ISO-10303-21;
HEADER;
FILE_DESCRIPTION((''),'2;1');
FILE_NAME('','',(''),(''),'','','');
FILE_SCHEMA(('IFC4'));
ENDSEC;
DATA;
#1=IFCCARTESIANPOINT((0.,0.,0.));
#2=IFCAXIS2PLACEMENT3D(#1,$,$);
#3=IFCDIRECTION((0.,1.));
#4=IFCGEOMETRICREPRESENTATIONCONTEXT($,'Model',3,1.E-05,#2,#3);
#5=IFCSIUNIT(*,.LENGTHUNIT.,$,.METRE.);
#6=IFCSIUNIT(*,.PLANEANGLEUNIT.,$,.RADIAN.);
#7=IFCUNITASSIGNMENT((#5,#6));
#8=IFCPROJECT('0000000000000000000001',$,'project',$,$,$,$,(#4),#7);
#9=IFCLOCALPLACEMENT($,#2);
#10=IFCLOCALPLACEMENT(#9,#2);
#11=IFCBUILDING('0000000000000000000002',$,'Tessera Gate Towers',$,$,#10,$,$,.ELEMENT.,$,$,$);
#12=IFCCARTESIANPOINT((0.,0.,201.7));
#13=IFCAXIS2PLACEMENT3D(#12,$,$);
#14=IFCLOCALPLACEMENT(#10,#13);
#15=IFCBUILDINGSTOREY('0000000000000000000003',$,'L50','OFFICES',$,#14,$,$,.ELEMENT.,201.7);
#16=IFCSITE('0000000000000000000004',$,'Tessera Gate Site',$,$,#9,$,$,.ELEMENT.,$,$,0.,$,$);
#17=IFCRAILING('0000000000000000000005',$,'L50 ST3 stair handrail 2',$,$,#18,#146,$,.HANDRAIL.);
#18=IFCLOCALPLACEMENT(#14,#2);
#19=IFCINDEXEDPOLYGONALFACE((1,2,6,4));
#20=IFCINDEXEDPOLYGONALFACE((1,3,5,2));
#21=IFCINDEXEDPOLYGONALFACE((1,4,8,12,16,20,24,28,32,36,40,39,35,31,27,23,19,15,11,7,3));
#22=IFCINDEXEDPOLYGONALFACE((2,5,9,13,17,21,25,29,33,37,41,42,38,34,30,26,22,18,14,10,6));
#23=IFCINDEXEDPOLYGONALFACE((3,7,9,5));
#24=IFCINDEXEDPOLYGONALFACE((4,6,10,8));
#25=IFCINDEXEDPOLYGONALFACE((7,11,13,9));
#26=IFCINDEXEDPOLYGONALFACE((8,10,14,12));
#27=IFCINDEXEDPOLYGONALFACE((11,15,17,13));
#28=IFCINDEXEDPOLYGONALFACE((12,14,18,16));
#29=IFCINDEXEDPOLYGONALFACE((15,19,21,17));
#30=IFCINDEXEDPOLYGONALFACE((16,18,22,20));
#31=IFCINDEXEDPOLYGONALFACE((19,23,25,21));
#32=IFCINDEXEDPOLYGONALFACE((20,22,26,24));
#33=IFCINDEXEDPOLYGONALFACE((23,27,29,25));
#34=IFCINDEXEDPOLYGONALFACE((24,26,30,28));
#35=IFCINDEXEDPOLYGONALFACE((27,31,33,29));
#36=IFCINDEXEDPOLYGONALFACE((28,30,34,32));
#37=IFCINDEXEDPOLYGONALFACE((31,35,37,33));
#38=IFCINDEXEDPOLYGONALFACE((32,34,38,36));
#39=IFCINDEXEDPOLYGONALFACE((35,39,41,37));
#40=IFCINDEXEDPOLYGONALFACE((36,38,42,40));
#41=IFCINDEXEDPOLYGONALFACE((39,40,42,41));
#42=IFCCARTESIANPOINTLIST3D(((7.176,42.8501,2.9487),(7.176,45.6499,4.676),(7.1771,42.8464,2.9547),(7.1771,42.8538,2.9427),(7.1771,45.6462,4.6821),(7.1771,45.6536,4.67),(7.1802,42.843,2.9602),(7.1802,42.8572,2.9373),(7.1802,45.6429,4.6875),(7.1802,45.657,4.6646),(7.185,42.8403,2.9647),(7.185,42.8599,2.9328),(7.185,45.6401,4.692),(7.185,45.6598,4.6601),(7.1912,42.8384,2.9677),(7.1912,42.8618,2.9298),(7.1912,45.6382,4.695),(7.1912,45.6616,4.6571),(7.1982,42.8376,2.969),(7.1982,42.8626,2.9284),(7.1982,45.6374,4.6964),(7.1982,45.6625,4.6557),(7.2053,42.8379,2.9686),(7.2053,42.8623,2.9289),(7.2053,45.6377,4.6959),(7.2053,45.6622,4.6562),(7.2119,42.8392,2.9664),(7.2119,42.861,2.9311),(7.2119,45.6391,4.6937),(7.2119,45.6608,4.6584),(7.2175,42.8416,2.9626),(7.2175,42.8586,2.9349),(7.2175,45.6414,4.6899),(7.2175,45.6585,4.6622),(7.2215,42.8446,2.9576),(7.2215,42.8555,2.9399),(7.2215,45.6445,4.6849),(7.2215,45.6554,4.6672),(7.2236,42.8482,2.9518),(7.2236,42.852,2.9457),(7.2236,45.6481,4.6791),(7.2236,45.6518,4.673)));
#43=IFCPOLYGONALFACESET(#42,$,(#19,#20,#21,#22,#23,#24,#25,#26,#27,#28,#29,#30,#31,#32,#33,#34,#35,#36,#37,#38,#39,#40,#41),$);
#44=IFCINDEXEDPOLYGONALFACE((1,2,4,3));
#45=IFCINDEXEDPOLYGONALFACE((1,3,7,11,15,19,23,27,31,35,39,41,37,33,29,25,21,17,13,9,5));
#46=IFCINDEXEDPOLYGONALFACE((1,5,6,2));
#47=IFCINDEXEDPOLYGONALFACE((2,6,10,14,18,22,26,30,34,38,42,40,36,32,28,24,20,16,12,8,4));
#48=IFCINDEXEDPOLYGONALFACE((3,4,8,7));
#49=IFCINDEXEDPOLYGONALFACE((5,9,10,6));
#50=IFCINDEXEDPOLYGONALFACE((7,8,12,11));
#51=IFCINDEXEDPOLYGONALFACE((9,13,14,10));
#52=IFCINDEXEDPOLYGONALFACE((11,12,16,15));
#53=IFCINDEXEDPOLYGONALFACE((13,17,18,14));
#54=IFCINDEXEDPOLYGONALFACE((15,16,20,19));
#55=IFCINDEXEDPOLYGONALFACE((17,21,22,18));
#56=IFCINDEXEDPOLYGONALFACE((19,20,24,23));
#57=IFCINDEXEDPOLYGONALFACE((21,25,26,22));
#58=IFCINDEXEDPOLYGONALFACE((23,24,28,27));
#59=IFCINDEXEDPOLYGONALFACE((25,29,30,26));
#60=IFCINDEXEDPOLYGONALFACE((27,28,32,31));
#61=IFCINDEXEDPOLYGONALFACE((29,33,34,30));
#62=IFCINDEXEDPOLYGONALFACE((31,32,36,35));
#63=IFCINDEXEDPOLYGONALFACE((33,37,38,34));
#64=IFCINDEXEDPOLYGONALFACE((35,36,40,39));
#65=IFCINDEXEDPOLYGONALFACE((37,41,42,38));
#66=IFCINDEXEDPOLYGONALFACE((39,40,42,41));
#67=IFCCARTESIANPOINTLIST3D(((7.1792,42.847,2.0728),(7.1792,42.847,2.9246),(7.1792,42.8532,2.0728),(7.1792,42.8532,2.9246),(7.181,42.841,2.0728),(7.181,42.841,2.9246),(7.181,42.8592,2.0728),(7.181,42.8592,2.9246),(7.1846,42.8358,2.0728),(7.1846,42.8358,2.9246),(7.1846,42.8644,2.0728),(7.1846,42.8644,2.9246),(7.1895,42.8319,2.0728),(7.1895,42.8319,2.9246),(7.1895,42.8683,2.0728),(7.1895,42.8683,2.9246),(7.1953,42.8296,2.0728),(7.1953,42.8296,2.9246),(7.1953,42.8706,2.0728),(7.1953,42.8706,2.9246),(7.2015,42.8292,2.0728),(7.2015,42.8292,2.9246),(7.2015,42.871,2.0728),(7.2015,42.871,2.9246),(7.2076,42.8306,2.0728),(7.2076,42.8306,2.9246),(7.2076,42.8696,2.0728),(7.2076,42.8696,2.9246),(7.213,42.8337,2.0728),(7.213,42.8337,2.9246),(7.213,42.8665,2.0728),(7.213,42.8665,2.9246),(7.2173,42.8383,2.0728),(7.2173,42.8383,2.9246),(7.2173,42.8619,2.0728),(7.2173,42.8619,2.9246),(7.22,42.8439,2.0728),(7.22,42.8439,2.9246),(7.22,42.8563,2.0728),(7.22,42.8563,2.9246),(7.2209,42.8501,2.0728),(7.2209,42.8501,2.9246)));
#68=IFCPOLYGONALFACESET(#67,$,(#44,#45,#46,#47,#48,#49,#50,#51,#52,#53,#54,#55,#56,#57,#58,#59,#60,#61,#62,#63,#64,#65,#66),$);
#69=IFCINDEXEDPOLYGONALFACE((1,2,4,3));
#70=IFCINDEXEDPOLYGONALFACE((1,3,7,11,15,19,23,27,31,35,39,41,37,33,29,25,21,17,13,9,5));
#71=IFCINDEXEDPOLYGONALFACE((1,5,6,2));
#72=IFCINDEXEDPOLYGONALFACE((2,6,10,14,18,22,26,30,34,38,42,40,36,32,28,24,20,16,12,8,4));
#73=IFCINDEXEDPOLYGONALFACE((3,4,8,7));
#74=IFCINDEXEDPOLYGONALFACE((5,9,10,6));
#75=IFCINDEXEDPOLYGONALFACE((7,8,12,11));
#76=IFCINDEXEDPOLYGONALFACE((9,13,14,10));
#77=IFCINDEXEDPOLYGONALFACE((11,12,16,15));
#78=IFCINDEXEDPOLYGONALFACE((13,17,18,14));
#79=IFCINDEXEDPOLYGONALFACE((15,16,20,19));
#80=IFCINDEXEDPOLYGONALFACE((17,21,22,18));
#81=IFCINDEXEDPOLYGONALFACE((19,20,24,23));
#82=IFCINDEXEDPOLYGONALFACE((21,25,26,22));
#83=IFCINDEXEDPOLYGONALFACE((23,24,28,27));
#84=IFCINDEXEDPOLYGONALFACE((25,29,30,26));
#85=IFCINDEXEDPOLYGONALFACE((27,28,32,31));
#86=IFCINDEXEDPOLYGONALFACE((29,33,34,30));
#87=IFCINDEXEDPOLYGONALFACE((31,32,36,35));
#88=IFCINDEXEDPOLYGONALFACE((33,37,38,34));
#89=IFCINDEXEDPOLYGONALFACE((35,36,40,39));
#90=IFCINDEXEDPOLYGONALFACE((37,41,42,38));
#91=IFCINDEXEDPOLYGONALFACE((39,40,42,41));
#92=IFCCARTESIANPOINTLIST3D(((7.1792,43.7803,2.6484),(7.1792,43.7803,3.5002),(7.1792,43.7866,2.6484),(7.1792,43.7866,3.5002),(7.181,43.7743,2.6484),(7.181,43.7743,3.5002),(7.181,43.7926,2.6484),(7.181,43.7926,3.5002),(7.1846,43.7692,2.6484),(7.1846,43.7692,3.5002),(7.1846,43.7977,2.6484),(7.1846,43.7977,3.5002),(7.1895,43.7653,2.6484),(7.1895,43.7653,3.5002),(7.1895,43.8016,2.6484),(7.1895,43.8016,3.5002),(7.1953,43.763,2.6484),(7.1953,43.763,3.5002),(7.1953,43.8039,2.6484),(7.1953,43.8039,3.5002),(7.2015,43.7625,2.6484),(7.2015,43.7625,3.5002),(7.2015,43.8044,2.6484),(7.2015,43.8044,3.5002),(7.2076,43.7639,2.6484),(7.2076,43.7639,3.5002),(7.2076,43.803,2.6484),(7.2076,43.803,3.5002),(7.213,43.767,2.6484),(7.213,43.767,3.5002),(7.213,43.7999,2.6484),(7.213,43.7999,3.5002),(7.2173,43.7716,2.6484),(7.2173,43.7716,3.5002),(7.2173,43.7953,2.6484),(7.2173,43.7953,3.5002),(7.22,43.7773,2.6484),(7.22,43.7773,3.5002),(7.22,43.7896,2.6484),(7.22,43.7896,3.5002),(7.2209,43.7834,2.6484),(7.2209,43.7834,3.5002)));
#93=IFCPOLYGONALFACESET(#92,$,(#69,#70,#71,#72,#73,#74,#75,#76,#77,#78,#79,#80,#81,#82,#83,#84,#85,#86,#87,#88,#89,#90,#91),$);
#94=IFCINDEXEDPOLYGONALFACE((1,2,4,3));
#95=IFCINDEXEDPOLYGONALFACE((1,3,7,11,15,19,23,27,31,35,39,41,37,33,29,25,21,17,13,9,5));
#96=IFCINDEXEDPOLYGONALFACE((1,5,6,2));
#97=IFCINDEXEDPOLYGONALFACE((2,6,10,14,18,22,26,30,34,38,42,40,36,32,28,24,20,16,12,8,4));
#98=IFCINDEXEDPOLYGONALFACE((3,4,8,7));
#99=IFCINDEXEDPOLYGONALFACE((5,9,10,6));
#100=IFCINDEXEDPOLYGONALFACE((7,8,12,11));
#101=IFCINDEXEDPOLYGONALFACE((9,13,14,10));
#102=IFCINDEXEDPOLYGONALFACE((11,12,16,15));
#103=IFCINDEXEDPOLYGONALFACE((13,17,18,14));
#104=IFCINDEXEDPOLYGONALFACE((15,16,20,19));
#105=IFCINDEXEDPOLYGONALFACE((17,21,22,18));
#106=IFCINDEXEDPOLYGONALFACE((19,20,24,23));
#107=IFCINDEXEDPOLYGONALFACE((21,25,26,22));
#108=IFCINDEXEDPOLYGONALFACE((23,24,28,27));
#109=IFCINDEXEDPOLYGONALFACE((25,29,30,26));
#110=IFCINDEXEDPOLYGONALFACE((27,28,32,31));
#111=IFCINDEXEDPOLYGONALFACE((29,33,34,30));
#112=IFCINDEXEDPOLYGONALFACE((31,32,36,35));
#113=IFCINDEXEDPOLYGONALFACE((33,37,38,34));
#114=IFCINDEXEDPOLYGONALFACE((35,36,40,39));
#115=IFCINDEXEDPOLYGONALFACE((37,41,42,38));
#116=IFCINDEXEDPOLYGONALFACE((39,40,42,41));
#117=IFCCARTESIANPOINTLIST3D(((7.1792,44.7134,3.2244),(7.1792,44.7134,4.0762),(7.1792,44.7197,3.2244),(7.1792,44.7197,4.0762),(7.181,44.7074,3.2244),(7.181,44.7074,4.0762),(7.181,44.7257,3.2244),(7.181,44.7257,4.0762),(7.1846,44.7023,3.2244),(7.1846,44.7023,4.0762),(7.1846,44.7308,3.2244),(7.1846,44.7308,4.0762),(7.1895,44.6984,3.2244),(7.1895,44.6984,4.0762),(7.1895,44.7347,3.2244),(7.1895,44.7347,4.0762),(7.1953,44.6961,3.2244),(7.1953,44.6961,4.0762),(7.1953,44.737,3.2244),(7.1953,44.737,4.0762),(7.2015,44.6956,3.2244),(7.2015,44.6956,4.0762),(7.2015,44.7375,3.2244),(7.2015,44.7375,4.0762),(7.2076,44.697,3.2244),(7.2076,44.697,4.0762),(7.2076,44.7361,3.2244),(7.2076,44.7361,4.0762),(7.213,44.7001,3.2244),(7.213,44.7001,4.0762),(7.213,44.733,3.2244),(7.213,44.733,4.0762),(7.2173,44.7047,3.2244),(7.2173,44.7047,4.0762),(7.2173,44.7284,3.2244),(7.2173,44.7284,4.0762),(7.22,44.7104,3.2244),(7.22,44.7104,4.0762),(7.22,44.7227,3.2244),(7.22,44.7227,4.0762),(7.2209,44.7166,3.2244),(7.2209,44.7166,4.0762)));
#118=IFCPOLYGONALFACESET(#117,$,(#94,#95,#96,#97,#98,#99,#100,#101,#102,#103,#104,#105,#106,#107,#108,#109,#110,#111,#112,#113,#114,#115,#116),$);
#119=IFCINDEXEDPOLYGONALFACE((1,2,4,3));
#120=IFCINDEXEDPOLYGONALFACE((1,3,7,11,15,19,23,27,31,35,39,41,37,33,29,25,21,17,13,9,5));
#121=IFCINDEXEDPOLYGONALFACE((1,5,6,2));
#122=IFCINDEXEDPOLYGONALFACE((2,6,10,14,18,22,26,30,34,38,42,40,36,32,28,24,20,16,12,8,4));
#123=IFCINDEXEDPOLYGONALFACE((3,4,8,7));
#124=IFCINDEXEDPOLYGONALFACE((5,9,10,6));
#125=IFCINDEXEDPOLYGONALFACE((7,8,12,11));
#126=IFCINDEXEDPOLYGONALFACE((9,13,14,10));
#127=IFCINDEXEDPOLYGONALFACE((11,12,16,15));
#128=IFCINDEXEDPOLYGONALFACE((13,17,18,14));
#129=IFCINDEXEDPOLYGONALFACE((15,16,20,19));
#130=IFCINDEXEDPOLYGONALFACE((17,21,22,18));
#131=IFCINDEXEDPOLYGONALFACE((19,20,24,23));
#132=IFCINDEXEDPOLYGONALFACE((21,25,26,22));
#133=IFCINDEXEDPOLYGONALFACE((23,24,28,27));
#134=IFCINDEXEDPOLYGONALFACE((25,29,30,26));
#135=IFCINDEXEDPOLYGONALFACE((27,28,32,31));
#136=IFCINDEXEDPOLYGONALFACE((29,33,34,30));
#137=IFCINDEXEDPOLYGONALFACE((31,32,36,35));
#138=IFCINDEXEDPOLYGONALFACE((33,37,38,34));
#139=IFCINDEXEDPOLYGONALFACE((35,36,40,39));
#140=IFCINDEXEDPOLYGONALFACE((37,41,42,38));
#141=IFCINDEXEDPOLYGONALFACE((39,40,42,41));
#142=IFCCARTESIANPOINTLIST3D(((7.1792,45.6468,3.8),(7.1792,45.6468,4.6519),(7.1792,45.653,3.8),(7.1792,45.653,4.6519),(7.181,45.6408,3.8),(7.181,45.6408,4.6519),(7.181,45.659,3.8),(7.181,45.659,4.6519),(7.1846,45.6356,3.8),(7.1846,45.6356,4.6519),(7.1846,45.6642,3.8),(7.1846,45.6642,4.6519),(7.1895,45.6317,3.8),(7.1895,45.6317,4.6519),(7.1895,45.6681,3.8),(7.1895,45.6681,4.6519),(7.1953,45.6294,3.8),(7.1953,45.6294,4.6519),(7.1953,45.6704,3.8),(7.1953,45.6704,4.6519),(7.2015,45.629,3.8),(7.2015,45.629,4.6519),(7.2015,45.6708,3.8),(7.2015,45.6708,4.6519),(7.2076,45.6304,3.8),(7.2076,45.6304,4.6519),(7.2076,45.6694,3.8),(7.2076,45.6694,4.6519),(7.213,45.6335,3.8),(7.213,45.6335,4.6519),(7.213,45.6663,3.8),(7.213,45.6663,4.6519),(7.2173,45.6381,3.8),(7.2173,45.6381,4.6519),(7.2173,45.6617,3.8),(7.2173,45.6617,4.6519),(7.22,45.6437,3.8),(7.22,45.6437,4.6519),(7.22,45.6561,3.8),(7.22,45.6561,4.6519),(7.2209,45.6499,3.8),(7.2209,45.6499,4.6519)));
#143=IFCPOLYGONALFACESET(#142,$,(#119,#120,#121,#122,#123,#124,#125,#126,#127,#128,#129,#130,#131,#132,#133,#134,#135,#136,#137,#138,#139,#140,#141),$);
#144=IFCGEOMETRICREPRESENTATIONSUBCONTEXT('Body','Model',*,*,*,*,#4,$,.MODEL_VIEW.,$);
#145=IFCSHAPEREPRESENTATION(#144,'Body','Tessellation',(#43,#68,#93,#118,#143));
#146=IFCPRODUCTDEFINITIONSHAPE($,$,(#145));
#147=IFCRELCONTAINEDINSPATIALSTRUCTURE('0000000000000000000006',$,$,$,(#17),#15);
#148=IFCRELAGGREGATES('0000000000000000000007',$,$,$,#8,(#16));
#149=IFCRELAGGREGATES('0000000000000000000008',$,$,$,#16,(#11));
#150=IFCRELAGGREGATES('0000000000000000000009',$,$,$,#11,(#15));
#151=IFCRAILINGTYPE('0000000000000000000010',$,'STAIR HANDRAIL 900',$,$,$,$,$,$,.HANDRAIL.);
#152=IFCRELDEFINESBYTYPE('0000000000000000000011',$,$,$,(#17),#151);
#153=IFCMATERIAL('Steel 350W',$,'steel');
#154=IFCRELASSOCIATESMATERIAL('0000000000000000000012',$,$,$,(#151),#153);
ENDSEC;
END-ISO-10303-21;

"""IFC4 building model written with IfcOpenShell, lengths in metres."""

from ifc_helpers import new_model, si_unit, direction, frame, origin, origin_2d, place, context, subcontext, project, spatial, circle, extrude, material, type_object, element, save


model = new_model("IFC4")

# Units and contexts
model_context = context("Model", 3, precision=1e-05, world=origin(), true_north=direction((0.0, 1.0)))
body_context = subcontext(model_context, "Body", "Model", "MODEL_VIEW")
ifc_project = project(units=[si_unit("LENGTHUNIT", "METRE"), si_unit("PLANEANGLEUNIT", "RADIAN")], contexts=[model_context])

# Site, building, storey
site_placement = place(None, origin())
site = spatial("IfcSite", under=ifc_project, at=site_placement, Name="Tessera Gate Site", CompositionType="ELEMENT", RefElevation=0.0)
building_placement = place(site_placement, origin())
building = spatial("IfcBuilding", under=site, at=building_placement, Name="Tessera Gate Towers", CompositionType="ELEMENT")
storey_placement = place(building_placement, frame((0.0, 0.0, 201.7)))
storey = spatial("IfcBuildingStorey", under=building, at=storey_placement, Name="L50", Description="OFFICES", CompositionType="ELEMENT", Elevation=201.7)

# Railing
ifc_material_1 = material(Name="Steel 350W", Category="steel")
railing_type_1 = type_object("IfcRailingType", Name="STAIR HANDRAIL 900", PredefinedType="HANDRAIL", material=ifc_material_1)
railing_1_placement = place(storey_placement, frame((7.2, 42.8501, 2.0728)))
element("IfcRailing", 1, at=railing_1_placement, inside=storey, type_object=railing_type_1, Name="L50 ST3 stair handrail 2", PredefinedType="HANDRAIL", context=body_context, shape_type="SweptSolid", body=[
    extrude(circle(Radius=0.0239, at=origin_2d()), frame((0.0, 0.0, 0.876), z_axis=(0.0, 0.851069, 0.525054), x_axis=(-1.0, 0.0, 0.0)), (0.0, 0.0, 1.0), 3.2898),
    extrude(circle(Radius=0.021, at=origin_2d()), origin(), (0.0, 0.0, 1.0), 0.8518),
    extrude(circle(Radius=0.021, at=origin_2d()), frame((0.0, 0.9333, 0.5757)), (0.0, 0.0, 1.0), 0.8518),
    extrude(circle(Radius=0.021, at=origin_2d()), frame((0.0, 1.8665, 1.1516)), (0.0, 0.0, 1.0), 0.8518),
    extrude(circle(Radius=0.021, at=origin_2d()), frame((0.0, 2.7998, 1.7273)), (0.0, 0.0, 1.0), 0.8518),
])

save(model, "model.ifc")
